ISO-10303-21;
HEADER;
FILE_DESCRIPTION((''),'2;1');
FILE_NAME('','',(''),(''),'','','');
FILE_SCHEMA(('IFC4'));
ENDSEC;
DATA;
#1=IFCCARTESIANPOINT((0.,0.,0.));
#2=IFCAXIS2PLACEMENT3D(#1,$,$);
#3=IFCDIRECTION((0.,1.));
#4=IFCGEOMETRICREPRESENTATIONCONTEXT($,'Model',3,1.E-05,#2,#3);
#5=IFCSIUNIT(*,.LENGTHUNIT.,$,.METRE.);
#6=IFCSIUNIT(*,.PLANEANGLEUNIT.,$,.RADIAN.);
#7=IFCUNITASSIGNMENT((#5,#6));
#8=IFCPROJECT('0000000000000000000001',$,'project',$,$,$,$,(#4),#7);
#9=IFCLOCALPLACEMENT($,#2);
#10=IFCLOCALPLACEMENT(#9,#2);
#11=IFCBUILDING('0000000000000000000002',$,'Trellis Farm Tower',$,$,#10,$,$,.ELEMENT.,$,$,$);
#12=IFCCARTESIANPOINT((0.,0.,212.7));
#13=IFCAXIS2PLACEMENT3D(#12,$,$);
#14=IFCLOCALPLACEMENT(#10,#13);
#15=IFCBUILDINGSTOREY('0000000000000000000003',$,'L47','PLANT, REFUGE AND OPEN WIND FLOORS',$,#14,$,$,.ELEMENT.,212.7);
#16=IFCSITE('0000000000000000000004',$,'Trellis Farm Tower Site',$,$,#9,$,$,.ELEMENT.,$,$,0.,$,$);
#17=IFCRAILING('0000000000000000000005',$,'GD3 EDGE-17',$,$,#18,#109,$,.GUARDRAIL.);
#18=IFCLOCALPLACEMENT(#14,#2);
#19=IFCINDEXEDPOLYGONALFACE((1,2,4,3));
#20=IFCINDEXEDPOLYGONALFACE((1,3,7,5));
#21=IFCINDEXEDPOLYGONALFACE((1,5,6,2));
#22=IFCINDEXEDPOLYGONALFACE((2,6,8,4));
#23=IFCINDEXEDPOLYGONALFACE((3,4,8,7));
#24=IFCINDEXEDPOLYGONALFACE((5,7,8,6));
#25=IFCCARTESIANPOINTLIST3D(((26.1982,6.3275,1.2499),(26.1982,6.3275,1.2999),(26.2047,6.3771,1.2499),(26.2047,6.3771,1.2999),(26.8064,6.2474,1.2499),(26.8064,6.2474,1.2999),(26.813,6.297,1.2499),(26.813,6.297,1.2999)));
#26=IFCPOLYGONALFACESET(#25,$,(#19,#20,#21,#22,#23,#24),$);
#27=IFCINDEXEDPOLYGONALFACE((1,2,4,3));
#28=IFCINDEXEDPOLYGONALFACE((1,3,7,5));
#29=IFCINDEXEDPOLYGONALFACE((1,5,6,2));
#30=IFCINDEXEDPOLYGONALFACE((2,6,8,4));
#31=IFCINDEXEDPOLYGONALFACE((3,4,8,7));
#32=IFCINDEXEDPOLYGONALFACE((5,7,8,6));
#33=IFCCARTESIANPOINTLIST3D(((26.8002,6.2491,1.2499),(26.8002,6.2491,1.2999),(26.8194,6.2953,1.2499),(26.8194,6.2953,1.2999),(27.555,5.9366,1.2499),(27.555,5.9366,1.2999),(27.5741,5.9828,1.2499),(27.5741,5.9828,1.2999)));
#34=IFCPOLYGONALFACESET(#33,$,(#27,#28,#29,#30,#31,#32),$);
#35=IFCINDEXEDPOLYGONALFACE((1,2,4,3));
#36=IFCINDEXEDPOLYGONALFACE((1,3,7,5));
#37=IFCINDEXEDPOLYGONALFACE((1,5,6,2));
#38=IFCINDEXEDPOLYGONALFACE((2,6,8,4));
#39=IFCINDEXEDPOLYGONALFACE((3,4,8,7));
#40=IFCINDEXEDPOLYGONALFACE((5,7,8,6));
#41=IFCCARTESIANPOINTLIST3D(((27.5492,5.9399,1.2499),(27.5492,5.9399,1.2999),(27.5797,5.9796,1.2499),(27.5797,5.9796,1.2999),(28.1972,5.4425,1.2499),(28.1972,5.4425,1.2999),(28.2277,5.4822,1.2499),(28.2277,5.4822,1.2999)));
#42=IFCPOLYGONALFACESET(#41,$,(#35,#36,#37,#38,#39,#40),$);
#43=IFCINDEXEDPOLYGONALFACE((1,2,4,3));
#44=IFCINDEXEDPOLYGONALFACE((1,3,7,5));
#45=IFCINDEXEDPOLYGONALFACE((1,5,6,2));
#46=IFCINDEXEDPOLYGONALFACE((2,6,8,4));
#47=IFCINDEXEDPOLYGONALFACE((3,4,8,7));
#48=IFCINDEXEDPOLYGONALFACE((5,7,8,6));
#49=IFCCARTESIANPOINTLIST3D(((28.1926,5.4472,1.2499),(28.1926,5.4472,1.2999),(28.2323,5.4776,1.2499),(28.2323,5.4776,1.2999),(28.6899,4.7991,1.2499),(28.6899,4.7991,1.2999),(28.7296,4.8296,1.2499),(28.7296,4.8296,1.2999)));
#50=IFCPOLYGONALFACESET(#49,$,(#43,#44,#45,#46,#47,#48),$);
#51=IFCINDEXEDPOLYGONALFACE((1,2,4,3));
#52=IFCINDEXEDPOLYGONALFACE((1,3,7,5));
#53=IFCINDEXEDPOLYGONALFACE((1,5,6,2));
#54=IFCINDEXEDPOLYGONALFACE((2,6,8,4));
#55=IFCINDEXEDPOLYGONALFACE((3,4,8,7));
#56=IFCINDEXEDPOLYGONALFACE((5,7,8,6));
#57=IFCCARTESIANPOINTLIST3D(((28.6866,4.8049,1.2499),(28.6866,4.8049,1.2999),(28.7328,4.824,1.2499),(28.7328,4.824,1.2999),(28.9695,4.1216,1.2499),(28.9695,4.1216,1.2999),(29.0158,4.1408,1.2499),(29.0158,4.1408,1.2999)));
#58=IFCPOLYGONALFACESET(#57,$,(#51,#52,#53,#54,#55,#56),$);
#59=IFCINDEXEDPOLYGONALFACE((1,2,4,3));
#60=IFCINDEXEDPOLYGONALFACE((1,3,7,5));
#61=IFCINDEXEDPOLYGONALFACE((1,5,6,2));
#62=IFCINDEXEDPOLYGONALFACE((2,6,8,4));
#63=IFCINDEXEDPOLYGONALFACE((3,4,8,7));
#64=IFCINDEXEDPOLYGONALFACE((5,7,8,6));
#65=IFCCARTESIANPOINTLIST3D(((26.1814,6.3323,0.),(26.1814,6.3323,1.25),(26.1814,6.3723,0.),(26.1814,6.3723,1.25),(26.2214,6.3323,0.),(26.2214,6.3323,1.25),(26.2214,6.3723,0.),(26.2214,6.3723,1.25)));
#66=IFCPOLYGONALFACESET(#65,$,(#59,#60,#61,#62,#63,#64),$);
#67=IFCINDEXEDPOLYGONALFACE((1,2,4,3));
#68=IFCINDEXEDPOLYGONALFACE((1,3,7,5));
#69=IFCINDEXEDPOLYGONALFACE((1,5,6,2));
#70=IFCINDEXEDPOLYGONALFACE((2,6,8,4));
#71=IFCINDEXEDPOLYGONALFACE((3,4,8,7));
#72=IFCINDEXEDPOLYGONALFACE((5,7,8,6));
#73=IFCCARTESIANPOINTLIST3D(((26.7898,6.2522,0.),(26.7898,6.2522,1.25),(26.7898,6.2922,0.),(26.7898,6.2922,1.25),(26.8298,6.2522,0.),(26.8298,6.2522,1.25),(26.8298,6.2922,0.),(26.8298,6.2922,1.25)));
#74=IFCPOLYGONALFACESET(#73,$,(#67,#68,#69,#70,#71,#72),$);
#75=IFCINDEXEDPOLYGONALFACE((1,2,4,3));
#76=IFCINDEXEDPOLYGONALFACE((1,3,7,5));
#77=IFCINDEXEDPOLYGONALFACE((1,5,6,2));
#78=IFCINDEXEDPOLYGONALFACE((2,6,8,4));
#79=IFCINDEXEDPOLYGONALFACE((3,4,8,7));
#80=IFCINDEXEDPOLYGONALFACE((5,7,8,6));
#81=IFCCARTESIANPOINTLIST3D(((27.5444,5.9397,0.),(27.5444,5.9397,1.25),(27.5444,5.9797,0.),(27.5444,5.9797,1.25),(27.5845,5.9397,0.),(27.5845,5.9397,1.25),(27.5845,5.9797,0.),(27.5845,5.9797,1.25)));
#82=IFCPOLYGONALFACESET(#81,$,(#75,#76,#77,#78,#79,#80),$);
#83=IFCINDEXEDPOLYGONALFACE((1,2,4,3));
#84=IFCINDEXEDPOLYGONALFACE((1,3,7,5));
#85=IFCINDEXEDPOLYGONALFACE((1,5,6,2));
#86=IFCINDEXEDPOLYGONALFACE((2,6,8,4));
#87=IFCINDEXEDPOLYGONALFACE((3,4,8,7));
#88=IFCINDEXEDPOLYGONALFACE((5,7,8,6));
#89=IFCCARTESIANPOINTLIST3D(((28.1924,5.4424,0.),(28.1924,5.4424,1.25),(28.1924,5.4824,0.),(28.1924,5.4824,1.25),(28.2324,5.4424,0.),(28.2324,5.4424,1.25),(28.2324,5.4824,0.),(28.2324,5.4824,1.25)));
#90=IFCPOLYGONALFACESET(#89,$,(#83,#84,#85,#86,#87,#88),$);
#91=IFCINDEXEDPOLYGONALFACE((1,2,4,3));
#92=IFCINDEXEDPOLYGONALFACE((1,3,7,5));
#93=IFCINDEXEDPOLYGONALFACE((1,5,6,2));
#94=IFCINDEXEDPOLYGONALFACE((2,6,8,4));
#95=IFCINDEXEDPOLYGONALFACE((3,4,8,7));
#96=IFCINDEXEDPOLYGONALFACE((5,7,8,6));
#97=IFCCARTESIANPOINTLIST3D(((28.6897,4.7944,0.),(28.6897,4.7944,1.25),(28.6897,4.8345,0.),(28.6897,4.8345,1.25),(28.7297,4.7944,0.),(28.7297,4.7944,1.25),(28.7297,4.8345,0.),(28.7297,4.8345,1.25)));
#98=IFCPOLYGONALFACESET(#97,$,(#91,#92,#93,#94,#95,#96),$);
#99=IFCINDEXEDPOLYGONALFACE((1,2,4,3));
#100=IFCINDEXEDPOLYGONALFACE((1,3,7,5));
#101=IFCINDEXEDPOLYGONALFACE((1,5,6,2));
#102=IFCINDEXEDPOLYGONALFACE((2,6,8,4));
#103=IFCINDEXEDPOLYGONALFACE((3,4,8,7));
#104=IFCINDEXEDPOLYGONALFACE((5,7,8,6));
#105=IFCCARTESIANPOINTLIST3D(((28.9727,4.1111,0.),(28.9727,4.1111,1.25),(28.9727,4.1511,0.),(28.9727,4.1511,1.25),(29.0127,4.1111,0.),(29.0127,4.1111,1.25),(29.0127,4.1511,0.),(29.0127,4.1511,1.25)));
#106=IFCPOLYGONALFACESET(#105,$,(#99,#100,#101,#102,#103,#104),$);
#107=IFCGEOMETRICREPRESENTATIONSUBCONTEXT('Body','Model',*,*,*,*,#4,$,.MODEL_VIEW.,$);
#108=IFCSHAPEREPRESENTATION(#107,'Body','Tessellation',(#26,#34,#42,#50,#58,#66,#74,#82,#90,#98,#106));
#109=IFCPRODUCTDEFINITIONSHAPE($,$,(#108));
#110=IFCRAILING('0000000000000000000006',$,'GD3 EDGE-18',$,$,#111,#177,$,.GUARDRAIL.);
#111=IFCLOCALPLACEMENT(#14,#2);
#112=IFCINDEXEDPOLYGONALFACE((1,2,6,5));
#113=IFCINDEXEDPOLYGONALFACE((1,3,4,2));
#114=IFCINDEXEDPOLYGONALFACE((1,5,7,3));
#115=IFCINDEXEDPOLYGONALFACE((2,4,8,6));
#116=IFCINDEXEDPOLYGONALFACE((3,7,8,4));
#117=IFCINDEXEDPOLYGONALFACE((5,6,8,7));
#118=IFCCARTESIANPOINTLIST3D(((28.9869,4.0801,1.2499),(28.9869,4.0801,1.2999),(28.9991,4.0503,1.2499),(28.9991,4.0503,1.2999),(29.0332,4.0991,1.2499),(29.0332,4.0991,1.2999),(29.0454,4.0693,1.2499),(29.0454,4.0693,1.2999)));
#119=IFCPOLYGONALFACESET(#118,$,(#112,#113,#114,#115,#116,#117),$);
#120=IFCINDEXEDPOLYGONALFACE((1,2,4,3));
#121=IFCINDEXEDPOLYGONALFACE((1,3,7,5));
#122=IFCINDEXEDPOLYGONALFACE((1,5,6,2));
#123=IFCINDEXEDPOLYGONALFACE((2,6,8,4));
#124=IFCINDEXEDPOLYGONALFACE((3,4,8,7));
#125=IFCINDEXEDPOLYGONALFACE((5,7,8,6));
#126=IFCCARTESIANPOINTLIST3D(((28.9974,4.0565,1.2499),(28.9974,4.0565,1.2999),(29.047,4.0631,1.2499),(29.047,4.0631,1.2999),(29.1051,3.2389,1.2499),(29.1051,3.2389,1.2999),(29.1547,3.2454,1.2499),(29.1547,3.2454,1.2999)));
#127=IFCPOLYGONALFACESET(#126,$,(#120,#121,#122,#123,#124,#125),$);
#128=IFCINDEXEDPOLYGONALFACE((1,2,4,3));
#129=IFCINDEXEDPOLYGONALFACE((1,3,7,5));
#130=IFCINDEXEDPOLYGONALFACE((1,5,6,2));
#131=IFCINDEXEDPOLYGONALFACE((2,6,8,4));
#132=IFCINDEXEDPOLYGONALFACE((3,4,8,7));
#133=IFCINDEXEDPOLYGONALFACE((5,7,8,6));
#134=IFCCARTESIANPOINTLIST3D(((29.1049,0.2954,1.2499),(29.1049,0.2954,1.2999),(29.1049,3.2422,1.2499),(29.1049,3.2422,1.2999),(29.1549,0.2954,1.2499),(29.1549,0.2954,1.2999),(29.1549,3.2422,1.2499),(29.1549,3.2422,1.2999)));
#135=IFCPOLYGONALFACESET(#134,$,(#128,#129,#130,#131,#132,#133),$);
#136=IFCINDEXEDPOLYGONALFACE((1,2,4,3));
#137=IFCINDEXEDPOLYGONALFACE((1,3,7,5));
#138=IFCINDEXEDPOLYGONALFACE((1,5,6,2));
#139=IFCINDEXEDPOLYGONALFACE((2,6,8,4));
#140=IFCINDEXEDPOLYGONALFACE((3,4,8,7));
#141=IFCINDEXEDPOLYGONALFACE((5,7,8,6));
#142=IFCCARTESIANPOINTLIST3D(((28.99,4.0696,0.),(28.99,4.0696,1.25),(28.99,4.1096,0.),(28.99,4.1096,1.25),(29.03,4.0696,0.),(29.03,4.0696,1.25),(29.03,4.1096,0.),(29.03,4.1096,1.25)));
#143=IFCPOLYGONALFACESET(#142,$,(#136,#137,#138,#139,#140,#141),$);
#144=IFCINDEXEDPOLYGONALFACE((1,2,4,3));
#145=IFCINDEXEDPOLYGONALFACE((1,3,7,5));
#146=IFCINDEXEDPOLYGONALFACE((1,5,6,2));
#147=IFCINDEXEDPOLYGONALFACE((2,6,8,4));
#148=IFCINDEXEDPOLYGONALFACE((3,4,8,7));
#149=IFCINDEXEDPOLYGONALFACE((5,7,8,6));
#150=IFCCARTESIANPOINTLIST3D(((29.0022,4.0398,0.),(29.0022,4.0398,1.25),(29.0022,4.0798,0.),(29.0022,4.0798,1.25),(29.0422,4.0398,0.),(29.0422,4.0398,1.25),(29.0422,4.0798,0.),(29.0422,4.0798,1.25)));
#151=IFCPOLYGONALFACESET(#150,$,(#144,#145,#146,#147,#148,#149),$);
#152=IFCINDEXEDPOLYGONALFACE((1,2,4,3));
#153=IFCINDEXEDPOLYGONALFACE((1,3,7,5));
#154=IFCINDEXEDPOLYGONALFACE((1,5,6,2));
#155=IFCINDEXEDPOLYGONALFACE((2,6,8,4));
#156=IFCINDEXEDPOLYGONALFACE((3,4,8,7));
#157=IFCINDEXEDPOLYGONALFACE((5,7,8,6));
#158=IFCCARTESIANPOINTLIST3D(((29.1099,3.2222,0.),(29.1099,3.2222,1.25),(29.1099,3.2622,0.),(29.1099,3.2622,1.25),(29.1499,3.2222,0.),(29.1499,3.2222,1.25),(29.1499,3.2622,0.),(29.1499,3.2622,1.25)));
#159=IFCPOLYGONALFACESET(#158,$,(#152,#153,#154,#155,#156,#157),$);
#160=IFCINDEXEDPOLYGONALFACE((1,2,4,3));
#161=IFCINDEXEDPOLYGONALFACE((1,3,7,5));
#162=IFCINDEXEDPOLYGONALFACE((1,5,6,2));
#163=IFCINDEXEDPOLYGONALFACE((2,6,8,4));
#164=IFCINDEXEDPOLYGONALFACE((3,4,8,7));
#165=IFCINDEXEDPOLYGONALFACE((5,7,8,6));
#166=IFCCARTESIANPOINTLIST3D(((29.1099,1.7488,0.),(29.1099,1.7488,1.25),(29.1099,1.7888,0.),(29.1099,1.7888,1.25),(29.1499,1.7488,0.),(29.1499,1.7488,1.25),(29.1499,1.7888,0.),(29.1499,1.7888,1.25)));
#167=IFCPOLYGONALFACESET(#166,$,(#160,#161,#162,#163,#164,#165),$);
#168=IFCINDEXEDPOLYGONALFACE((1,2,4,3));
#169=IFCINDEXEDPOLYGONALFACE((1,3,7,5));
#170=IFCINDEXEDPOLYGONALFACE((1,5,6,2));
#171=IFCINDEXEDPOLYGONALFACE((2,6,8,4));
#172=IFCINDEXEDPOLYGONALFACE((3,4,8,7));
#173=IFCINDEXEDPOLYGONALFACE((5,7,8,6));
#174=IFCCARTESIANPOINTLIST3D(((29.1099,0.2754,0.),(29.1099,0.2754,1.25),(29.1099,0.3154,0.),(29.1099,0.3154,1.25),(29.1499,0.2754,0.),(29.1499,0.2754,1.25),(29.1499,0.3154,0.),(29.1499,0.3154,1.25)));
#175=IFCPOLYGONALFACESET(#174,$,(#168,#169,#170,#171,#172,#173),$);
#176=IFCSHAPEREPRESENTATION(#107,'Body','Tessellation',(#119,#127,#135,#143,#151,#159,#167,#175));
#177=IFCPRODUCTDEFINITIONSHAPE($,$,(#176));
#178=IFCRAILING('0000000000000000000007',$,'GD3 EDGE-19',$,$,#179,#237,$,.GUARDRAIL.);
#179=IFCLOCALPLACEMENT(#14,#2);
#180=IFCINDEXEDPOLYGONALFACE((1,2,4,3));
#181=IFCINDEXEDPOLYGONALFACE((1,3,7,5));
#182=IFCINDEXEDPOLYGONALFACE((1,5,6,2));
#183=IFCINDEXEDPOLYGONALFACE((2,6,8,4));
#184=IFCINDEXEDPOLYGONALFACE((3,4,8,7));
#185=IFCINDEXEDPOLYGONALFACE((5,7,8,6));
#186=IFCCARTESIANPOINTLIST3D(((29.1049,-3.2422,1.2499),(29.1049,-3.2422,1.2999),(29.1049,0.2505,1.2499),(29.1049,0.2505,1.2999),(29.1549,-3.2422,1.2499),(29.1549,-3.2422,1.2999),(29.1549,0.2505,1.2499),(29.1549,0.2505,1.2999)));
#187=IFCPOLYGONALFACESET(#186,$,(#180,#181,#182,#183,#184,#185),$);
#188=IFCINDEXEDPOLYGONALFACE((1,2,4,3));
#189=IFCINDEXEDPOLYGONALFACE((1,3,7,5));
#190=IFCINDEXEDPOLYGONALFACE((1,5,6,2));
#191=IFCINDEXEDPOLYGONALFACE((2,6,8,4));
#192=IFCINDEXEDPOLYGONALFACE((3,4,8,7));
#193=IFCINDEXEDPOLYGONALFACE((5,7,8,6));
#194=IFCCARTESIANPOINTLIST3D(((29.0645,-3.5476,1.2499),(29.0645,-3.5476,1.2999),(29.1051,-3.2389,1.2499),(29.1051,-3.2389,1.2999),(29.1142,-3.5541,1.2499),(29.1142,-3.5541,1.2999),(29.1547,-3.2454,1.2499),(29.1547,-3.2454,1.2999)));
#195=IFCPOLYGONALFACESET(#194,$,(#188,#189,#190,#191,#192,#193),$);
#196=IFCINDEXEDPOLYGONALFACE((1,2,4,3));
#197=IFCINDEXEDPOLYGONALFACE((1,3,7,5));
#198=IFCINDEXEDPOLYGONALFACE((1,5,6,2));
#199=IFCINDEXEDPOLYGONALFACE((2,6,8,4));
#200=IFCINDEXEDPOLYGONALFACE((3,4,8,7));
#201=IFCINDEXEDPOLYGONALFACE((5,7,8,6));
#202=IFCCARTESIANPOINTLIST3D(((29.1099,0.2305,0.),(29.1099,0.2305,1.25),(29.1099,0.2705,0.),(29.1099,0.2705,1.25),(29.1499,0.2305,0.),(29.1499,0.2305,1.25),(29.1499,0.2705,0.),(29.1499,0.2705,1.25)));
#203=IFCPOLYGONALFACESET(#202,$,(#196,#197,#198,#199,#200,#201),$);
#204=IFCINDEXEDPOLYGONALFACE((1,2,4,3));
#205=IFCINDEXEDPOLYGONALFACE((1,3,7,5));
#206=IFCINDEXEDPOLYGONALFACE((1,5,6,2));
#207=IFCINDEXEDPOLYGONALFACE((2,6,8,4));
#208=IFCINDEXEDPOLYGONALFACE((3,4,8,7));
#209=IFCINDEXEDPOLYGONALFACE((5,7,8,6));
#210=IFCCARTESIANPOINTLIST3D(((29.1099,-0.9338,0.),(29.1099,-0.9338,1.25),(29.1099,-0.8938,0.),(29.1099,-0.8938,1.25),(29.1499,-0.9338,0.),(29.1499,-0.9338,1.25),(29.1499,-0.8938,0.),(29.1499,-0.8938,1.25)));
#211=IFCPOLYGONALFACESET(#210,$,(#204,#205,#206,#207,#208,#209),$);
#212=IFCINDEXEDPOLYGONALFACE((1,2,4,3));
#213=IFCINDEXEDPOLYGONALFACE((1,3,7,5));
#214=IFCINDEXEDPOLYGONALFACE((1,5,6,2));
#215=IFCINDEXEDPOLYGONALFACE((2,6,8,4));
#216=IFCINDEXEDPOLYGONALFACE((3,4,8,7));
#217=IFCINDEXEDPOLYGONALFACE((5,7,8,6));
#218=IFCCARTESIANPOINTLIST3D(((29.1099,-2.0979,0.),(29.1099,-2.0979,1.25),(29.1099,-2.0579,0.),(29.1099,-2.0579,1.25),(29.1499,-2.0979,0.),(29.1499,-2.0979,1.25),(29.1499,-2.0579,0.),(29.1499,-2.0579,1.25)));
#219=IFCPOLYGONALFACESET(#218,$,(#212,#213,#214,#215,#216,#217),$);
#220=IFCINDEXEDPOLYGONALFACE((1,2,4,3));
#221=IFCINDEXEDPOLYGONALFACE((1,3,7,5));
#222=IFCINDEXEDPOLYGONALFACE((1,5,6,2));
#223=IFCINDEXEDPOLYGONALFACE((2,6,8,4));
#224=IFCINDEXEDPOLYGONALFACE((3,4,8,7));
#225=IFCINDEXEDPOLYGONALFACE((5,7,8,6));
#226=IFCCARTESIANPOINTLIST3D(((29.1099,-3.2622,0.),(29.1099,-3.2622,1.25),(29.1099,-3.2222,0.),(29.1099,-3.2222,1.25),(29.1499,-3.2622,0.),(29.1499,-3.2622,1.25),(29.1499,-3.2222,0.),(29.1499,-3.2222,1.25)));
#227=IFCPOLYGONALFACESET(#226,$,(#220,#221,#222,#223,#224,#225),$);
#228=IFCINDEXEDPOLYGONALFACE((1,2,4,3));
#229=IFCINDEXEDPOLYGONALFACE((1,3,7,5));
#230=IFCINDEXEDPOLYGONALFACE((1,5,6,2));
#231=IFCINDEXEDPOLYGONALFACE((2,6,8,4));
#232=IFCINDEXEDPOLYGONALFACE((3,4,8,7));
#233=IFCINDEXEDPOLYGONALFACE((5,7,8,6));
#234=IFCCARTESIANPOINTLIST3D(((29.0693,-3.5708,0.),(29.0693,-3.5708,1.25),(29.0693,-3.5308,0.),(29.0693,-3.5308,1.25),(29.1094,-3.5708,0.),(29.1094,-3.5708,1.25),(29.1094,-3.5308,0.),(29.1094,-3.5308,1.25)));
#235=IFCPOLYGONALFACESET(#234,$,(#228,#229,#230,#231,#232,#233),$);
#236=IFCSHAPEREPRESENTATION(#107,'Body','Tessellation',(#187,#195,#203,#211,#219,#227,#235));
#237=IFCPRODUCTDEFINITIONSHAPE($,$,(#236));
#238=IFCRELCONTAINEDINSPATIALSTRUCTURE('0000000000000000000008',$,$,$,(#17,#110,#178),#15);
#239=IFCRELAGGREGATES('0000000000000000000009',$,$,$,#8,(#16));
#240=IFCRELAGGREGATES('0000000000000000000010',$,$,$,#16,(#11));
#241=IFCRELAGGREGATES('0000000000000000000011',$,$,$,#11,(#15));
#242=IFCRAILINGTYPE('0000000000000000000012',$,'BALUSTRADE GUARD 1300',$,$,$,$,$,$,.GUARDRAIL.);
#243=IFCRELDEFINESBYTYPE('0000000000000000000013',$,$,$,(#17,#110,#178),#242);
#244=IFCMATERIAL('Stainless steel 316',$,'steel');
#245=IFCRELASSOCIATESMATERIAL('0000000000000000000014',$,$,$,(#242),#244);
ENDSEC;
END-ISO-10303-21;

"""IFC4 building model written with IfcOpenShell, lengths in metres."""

from ifc_helpers import new_model, si_unit, direction, frame, origin, origin_2d, place, context, subcontext, project, spatial, rectangle, extrude, material, type_object, element, save


model = new_model("IFC4")

# Units and contexts
model_context = context("Model", 3, precision=1e-05, world=origin(), true_north=direction((0.0, 1.0)))
body_context = subcontext(model_context, "Body", "Model", "MODEL_VIEW")
ifc_project = project(units=[si_unit("LENGTHUNIT", "METRE"), si_unit("PLANEANGLEUNIT", "RADIAN")], contexts=[model_context])

# Site, building, storey
site_placement = place(None, origin())
site = spatial("IfcSite", under=ifc_project, at=site_placement, Name="Trellis Farm Tower Site", CompositionType="ELEMENT", RefElevation=0.0)
building_placement = place(site_placement, origin())
building = spatial("IfcBuilding", under=site, at=building_placement, Name="Trellis Farm Tower", CompositionType="ELEMENT")
storey_placement = place(building_placement, frame((0.0, 0.0, 212.7)))
storey = spatial("IfcBuildingStorey", under=building, at=storey_placement, Name="L47", Description="PLANT, REFUGE AND OPEN WIND FLOORS", CompositionType="ELEMENT", Elevation=212.7)

# Railings
ifc_material_1 = material(Name="Stainless steel 316", Category="steel")
railing_type_1 = type_object("IfcRailingType", Name="BALUSTRADE GUARD 1300", PredefinedType="GUARDRAIL", material=ifc_material_1)
railing_1_placement = place(storey_placement, frame((26.2014, 6.3523, 0.0)))
element("IfcRailing", 1, at=railing_1_placement, inside=storey, type_object=railing_type_1, Name="GD3 EDGE-17", PredefinedType="GUARDRAIL", context=body_context, shape_type="SweptSolid", body=[
    extrude(rectangle(XDim=0.05, YDim=0.05, at=origin_2d()), frame((0.0, 0.0, 1.2749), z_axis=(0.991449, -0.130496, 0.0), x_axis=(0.130496, 0.991449, 0.0)), (0.0, 0.0, 1.0), 0.6135),
    extrude(rectangle(XDim=0.05, YDim=0.05, at=origin_2d()), frame((0.6084, -0.0801, 1.2749), z_axis=(0.923915, -0.382598, 0.0), x_axis=(0.382598, 0.923915, 0.0)), (0.0, 0.0, 1.0), 0.8169),
    extrude(rectangle(XDim=0.05, YDim=0.05, at=origin_2d()), frame((1.363, -0.3926, 1.2749), z_axis=(0.793279, -0.608858, 0.0), x_axis=(0.608858, 0.793279, 0.0)), (0.0, 0.0, 1.0), 0.8169),
    extrude(rectangle(XDim=0.05, YDim=0.05, at=origin_2d()), frame((2.011, -0.8899, 1.2749), z_axis=(0.608858, -0.793279, 0.0), x_axis=(0.793279, 0.608858, 0.0)), (0.0, 0.0, 1.0), 0.8169),
    extrude(rectangle(XDim=0.05, YDim=0.05, at=origin_2d()), frame((2.5083, -1.5378, 1.2749), z_axis=(0.382575, -0.923924, 0.0), x_axis=(0.923924, 0.382575, 0.0)), (0.0, 0.0, 1.0), 0.7395),
    extrude(rectangle(XDim=0.04, YDim=0.04, at=origin_2d()), origin(), (0.0, 0.0, 1.0), 1.25),
    extrude(rectangle(XDim=0.04, YDim=0.04, at=origin_2d()), frame((0.6084, -0.0801, 0.0)), (0.0, 0.0, 1.0), 1.25),
    extrude(rectangle(XDim=0.04, YDim=0.04, at=origin_2d()), frame((1.363, -0.3926, 0.0)), (0.0, 0.0, 1.0), 1.25),
    extrude(rectangle(XDim=0.04, YDim=0.04, at=origin_2d()), frame((2.011, -0.8899, 0.0)), (0.0, 0.0, 1.0), 1.25),
    extrude(rectangle(XDim=0.04, YDim=0.04, at=origin_2d()), frame((2.5083, -1.5378, 0.0)), (0.0, 0.0, 1.0), 1.25),
    extrude(rectangle(XDim=0.04, YDim=0.04, at=origin_2d()), frame((2.7913, -2.2212, 0.0)), (0.0, 0.0, 1.0), 1.25),
])
railing_2_placement = place(storey_placement, frame((29.01, 4.0896, 0.0)))
element("IfcRailing", 2, at=railing_2_placement, inside=storey, type_object=railing_type_1, Name="GD3 EDGE-18", PredefinedType="GUARDRAIL", context=body_context, shape_type="SweptSolid", body=[
    extrude(rectangle(XDim=0.05, YDim=0.05, at=origin_2d()), frame((0.0, 0.0, 1.2749), z_axis=(0.379223, -0.925305, 0.0), x_axis=(0.925305, 0.379223, 0.0)), (0.0, 0.0, 1.0), 0.0322),
    extrude(rectangle(XDim=0.05, YDim=0.05, at=origin_2d()), frame((0.0122, -0.0298, 1.2749), z_axis=(0.130554, -0.991441, 0.0), x_axis=(0.991441, 0.130554, 0.0)), (0.0, 0.0, 1.0), 0.8247),
    extrude(rectangle(XDim=0.05, YDim=0.05, at=origin_2d()), frame((0.1199, -0.8474, 1.2749), z_axis=(0.0, -1.0, 0.0), x_axis=(1.0, 0.0, 0.0)), (0.0, 0.0, 1.0), 2.9468),
    extrude(rectangle(XDim=0.04, YDim=0.04, at=origin_2d()), origin(), (0.0, 0.0, 1.0), 1.25),
    extrude(rectangle(XDim=0.04, YDim=0.04, at=origin_2d()), frame((0.0122, -0.0298, 0.0)), (0.0, 0.0, 1.0), 1.25),
    extrude(rectangle(XDim=0.04, YDim=0.04, at=origin_2d()), frame((0.1199, -0.8474, 0.0)), (0.0, 0.0, 1.0), 1.25),
    extrude(rectangle(XDim=0.04, YDim=0.04, at=origin_2d()), frame((0.1199, -2.3208, 0.0)), (0.0, 0.0, 1.0), 1.25),
    extrude(rectangle(XDim=0.04, YDim=0.04, at=origin_2d()), frame((0.1199, -3.7942, 0.0)), (0.0, 0.0, 1.0), 1.25),
])
railing_3_placement = place(storey_placement, frame((29.1299, 0.2505, 0.0)))
element("IfcRailing", 3, at=railing_3_placement, inside=storey, type_object=railing_type_1, Name="GD3 EDGE-19", PredefinedType="GUARDRAIL", context=body_context, shape_type="SweptSolid", body=[
    extrude(rectangle(XDim=0.05, YDim=0.05, at=origin_2d()), frame((0.0, 0.0, 1.2749), z_axis=(0.0, -1.0, 0.0), x_axis=(1.0, 0.0, 0.0)), (0.0, 0.0, 1.0), 3.4927),
    extrude(rectangle(XDim=0.05, YDim=0.05, at=origin_2d()), frame((0.0, -3.4927, 1.2749), z_axis=(-0.130211, -0.991486, 0.0), x_axis=(0.991486, -0.130211, 0.0)), (0.0, 0.0, 1.0), 0.3113),
    extrude(rectangle(XDim=0.04, YDim=0.04, at=origin_2d()), origin(), (0.0, 0.0, 1.0), 1.25),
    extrude(rectangle(XDim=0.04, YDim=0.04, at=origin_2d()), frame((0.0, -1.1643, 0.0)), (0.0, 0.0, 1.0), 1.25),
    extrude(rectangle(XDim=0.04, YDim=0.04, at=origin_2d()), frame((0.0, -2.3284, 0.0)), (0.0, 0.0, 1.0), 1.25),
    extrude(rectangle(XDim=0.04, YDim=0.04, at=origin_2d()), frame((0.0, -3.4927, 0.0)), (0.0, 0.0, 1.0), 1.25),
    extrude(rectangle(XDim=0.04, YDim=0.04, at=origin_2d()), frame((-0.0405, -3.8013, 0.0)), (0.0, 0.0, 1.0), 1.25),
])

save(model, "model.ifc")
